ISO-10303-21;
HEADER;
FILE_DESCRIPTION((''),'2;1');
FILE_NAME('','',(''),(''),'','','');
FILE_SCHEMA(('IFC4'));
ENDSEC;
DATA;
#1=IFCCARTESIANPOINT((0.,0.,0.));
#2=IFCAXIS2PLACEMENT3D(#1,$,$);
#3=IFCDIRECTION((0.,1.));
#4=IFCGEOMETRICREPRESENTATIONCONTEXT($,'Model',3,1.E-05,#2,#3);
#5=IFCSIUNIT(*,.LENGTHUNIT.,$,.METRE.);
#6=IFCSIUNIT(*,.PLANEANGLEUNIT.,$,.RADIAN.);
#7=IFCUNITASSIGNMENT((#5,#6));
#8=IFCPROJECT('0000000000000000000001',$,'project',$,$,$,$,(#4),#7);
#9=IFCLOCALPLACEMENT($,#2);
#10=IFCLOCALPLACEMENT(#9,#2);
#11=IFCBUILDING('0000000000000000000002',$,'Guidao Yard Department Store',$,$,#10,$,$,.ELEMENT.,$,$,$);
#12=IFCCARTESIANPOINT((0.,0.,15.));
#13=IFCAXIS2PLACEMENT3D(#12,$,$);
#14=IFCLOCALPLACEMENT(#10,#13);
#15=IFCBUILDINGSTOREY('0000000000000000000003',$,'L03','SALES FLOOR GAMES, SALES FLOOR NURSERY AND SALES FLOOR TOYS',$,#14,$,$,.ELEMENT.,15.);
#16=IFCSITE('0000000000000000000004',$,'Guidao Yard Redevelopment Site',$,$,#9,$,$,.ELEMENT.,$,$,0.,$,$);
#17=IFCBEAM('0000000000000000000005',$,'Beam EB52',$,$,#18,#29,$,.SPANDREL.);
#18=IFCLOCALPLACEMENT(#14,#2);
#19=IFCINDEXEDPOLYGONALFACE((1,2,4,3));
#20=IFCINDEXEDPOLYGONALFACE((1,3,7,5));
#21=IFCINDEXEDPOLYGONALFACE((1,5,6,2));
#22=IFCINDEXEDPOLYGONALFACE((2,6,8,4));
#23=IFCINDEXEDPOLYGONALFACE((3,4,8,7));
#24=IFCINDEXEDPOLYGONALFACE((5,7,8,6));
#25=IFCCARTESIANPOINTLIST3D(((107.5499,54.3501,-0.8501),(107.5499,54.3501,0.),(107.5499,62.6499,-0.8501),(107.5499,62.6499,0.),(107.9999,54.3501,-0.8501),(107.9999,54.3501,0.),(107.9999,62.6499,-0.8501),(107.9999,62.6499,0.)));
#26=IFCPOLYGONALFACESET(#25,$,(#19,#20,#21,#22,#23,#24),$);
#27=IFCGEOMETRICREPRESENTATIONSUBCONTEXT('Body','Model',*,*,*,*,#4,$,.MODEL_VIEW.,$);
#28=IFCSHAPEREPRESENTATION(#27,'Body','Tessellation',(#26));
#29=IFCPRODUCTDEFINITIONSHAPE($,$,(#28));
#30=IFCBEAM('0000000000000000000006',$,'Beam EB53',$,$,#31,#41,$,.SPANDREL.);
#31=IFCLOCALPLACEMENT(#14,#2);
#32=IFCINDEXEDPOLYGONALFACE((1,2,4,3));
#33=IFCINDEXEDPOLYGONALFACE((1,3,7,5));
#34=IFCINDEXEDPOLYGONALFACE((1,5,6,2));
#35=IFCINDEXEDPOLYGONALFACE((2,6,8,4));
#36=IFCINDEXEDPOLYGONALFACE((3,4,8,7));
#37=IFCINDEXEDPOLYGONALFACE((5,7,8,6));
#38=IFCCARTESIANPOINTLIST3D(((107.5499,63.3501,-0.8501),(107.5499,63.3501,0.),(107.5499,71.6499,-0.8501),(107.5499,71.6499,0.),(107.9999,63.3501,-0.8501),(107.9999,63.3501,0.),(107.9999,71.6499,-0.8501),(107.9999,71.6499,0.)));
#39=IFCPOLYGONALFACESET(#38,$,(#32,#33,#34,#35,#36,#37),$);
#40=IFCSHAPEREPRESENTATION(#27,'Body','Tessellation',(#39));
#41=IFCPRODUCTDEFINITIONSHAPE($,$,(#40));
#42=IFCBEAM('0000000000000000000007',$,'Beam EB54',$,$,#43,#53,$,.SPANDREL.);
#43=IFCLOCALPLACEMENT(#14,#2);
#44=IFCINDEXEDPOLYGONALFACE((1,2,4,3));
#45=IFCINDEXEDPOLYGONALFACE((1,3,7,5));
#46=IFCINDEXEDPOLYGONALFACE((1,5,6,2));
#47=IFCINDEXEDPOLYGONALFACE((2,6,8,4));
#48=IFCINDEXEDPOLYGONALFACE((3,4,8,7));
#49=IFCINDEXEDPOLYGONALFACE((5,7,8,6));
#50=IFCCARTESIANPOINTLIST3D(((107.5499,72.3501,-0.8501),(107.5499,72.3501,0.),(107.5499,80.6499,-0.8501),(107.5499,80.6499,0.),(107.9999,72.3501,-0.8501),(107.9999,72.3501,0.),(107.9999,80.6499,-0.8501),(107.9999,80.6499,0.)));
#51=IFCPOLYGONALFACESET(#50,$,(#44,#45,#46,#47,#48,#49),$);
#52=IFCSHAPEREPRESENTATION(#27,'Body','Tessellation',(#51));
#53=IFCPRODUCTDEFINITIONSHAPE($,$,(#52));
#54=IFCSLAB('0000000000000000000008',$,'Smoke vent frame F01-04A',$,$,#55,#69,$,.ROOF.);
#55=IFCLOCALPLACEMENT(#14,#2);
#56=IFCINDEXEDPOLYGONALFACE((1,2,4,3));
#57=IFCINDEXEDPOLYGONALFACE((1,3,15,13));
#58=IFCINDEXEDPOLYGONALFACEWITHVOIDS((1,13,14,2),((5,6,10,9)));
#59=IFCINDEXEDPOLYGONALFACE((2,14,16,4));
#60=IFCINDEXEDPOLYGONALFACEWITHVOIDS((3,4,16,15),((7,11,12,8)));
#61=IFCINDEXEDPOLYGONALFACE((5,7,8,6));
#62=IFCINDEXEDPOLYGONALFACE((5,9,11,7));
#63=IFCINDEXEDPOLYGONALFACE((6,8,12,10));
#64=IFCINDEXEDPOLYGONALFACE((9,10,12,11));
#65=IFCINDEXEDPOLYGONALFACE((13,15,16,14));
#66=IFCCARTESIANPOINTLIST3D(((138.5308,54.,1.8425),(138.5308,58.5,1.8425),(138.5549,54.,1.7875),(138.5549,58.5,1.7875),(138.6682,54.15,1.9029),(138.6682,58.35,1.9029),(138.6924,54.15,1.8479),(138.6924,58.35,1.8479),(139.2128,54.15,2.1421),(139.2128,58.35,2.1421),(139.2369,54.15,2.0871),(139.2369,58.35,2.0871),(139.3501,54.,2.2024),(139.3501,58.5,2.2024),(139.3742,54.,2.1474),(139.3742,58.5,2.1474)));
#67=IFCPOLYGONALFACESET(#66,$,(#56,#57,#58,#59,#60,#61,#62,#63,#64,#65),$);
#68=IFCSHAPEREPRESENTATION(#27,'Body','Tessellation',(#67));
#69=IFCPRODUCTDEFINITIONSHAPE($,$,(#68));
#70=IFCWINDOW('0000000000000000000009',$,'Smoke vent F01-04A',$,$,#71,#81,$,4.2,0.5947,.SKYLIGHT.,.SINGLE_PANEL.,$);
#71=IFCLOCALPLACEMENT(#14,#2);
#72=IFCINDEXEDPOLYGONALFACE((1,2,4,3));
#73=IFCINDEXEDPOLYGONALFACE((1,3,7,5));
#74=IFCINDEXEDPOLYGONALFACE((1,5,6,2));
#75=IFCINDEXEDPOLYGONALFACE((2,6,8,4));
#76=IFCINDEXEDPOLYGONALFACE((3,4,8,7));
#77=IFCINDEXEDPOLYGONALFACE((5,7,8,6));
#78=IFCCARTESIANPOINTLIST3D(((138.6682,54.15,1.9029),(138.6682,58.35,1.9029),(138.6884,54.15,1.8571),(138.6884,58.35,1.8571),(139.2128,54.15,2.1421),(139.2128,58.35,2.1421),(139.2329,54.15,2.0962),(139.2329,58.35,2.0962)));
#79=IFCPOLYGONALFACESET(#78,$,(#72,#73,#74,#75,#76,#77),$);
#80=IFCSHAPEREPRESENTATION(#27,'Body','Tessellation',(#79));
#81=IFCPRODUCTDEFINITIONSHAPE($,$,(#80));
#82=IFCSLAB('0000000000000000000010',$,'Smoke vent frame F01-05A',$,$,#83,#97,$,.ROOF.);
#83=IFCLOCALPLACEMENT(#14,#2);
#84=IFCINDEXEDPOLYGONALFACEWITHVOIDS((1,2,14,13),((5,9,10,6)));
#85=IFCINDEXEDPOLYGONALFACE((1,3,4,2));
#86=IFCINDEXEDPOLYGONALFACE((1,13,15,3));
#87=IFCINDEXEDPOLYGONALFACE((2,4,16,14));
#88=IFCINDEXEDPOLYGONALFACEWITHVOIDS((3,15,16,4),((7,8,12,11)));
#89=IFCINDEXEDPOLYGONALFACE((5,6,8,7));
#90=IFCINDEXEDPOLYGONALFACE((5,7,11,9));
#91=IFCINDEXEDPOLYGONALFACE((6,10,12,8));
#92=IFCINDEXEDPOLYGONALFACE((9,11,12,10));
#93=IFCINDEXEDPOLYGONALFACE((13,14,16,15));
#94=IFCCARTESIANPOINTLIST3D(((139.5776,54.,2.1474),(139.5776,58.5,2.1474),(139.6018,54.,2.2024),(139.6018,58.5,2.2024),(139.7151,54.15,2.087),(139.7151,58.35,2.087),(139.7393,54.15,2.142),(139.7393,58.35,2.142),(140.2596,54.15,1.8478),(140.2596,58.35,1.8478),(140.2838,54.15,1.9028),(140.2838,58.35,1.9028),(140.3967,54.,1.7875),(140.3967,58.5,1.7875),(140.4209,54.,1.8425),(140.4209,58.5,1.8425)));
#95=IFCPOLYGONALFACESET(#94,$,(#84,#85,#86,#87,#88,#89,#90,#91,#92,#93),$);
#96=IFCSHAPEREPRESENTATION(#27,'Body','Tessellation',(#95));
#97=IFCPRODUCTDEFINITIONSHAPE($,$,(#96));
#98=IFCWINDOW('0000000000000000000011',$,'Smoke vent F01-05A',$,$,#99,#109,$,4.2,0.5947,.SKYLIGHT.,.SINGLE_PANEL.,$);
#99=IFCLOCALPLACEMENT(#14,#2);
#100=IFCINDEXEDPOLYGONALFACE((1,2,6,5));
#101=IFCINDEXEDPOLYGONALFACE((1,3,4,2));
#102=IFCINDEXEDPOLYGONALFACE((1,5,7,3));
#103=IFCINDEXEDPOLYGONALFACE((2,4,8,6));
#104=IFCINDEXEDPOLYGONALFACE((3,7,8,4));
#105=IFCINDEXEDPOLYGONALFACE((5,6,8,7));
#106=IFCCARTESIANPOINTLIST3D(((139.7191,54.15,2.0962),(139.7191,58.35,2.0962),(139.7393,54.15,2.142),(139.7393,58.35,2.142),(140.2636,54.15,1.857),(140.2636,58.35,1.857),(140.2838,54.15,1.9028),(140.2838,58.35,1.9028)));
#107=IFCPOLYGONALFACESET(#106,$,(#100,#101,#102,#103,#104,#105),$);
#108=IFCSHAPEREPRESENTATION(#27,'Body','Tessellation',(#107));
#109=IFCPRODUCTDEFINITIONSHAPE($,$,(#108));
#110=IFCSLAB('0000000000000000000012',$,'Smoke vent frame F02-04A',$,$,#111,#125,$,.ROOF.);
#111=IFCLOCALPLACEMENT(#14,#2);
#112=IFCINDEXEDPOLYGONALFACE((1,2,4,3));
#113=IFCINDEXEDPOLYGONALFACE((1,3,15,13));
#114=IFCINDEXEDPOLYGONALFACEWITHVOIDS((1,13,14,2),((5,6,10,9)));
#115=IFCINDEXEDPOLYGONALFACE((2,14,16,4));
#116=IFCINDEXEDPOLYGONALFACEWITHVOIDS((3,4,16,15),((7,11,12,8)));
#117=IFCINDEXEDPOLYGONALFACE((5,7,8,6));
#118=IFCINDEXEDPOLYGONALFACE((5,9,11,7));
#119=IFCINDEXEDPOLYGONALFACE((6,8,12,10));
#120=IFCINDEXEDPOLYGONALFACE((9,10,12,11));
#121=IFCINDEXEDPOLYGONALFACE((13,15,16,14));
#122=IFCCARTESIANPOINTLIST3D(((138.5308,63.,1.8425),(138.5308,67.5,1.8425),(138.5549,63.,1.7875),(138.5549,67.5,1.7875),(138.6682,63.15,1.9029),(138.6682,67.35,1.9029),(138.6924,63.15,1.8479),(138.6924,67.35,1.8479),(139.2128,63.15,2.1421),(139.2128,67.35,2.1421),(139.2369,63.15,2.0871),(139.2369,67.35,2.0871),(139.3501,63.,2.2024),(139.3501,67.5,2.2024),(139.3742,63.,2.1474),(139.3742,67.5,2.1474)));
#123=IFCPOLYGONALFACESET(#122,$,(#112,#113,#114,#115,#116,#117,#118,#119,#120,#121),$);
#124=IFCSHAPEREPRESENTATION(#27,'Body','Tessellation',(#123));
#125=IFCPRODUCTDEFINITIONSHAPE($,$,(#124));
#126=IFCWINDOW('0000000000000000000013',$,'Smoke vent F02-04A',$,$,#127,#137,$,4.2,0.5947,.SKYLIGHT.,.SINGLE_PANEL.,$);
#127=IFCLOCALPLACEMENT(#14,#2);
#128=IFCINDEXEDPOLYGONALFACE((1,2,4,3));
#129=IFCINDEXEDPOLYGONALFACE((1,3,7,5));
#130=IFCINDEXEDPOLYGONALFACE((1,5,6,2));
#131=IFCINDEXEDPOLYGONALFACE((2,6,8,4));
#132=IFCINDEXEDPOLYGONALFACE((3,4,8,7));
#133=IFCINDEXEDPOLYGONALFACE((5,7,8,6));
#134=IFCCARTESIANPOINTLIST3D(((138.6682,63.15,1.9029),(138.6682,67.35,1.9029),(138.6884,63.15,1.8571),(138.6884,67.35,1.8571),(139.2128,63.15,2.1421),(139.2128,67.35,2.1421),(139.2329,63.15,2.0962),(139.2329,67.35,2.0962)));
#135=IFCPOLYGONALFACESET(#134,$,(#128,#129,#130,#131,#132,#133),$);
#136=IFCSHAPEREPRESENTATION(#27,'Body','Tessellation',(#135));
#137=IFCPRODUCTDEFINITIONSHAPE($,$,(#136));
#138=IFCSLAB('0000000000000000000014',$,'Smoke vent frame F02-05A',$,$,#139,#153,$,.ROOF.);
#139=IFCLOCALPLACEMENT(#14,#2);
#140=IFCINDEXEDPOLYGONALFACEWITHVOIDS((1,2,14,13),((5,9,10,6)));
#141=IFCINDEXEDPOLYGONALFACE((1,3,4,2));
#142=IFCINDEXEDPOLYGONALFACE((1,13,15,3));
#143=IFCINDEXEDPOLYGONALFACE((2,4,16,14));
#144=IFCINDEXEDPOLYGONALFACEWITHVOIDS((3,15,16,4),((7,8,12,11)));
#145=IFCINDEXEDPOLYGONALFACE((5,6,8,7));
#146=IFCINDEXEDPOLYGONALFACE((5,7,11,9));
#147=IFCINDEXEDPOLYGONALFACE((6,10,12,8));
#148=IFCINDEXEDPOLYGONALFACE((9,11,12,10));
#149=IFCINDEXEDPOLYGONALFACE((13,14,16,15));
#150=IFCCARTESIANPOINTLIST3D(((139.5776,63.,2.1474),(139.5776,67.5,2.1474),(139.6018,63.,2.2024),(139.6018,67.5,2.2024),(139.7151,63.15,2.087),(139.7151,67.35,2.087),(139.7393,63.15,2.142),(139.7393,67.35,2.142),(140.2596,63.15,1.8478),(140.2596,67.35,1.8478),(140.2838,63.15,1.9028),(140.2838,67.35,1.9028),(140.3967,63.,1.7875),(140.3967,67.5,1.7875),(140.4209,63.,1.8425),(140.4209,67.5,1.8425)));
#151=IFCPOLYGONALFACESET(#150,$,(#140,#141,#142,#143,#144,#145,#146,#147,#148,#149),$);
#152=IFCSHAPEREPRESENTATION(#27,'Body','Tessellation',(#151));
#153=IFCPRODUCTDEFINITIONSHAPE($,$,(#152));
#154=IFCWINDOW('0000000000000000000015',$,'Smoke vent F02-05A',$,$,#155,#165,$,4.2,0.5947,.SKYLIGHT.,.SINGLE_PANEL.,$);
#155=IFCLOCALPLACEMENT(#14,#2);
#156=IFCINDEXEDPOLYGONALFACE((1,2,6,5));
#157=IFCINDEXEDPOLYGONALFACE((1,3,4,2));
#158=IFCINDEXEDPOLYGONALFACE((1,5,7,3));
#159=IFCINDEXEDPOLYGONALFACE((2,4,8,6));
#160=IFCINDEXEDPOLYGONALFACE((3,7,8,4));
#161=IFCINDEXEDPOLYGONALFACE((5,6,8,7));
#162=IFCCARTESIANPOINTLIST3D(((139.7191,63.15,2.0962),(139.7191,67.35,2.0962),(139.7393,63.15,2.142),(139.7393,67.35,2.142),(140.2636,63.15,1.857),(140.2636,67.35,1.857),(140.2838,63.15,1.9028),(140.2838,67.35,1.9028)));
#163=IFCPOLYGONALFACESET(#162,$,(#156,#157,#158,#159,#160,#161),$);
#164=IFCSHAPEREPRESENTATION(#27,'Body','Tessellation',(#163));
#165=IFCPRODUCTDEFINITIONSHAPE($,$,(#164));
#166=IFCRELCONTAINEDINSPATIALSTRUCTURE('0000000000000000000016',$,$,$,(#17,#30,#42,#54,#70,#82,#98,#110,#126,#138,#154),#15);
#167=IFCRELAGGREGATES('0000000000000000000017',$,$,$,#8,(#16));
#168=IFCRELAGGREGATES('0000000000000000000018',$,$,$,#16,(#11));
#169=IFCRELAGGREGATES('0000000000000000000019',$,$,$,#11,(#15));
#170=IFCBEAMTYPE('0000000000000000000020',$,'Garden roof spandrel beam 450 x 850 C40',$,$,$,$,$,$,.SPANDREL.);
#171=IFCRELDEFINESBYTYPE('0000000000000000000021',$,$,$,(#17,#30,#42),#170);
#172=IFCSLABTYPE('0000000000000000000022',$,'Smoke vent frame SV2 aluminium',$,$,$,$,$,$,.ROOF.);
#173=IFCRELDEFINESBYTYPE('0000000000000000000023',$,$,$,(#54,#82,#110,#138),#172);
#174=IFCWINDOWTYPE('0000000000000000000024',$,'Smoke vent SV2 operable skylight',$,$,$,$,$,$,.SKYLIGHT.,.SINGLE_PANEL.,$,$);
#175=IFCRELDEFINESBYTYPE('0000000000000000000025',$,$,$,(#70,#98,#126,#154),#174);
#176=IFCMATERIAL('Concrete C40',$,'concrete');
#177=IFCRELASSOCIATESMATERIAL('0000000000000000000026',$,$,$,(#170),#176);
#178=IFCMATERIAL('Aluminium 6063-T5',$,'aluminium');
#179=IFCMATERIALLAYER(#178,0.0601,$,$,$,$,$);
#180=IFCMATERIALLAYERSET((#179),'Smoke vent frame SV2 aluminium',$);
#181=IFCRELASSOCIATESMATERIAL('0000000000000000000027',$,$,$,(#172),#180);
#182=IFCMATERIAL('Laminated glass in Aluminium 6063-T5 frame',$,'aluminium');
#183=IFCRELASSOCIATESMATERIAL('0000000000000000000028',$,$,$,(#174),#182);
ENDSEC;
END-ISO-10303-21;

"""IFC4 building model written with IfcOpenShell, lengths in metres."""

from ifc_helpers import new_model, si_unit, direction, frame, origin, origin_2d, place, context, subcontext, project, spatial, polyline, rectangle, outline, extrude, material, layer, layer_set, material_profile, profile_set, type_object, element, fill, save


model = new_model("IFC4")

# Units and contexts
model_context = context("Model", 3, precision=1e-05, world=origin(), true_north=direction((0.0, 1.0)))
body_context = subcontext(model_context, "Body", "Model", "MODEL_VIEW")
ifc_project = project(units=[si_unit("LENGTHUNIT", "METRE"), si_unit("PLANEANGLEUNIT", "RADIAN")], contexts=[model_context])

# Site, building, storey
site_placement = place(None, origin())
site = spatial("IfcSite", under=ifc_project, at=site_placement, Name="Guidao Yard Redevelopment Site", CompositionType="ELEMENT", RefElevation=0.0)
building_placement = place(site_placement, origin())
building = spatial("IfcBuilding", under=site, at=building_placement, Name="Guidao Yard Department Store", CompositionType="ELEMENT")
storey_placement = place(building_placement, frame((0.0, 0.0, 15.0)))
storey = spatial("IfcBuildingStorey", under=building, at=storey_placement, Name="L03", Description="SALES FLOOR GAMES, SALES FLOOR NURSERY AND SALES FLOOR TOYS", CompositionType="ELEMENT", Elevation=15.0)

# Beams
ifc_material_1 = material(Name="Concrete C40", Category="concrete")
ifc_material_profile = material_profile(ifc_material_1, rectangle(XDim=0.45, YDim=0.8501, at=origin_2d()), Name="Garden roof spandrel beam 450 x 850 C40")
ifc_profile_set = profile_set([ifc_material_profile], Name="Concrete C40")
beam_type = type_object("IfcBeamType", Name="Garden roof spandrel beam 450 x 850 C40", PredefinedType="SPANDREL", material=ifc_profile_set)
for number, where, z_axis, x_axis, name in (
    (1, (107.7749, 54.3501, -0.425), (0.0, 1.0, 0.0), (-1.0, 0.0, 0.0), "Beam EB52"),
    (2, (107.7749, 63.3501, -0.425), (0.0, 1.0, 0.0), (-1.0, 0.0, 0.0), "Beam EB53"),
    (3, (107.7749, 72.3501, -0.425), (0.0, 1.0, 0.0), (-1.0, 0.0, 0.0), "Beam EB54"),
):
    element("IfcBeam", number, at=place(storey_placement, frame(where, z_axis=z_axis, x_axis=x_axis)), inside=storey, type_object=beam_type, Name=name, PredefinedType="SPANDREL", context=body_context, shape_type="SweptSolid", body=[
        extrude(rectangle(XDim=0.45, YDim=0.8501, at=origin_2d()), origin(), (0.0, 0.0, 1.0), 8.2998),
    ])

# Slabs, openings, windows
ifc_material_2 = material(Name="Aluminium 6063-T5", Category="aluminium")
ifc_layer_1 = layer(ifc_material_2, 0.0601)
ifc_layer_set_1 = layer_set([ifc_layer_1], Name="Smoke vent frame SV2 aluminium")
slab_type = type_object("IfcSlabType", Name="Smoke vent frame SV2 aluminium", PredefinedType="ROOF", material=ifc_layer_set_1)
slab_1_placement = place(storey_placement, frame((138.5308, 54.0, 1.8425), z_axis=(-0.402135, 0.0, 0.91558), x_axis=(0.91558, 0.0, 0.402135)))
slab_1 = element("IfcSlab", 4, at=slab_1_placement, inside=storey, type_object=slab_type, Name="Smoke vent frame F01-04A", PredefinedType="ROOF", context=body_context, shape_type="SweptSolid", body=[
    extrude(outline(polyline([(0.0, 0.0), (0.8949, 0.0), (0.8949, 4.5), (0.0, 4.5), (0.0, 0.0)])), origin(), (0.0, 0.0, -1.0), 0.0601),
])
opening_1_placement = place(slab_1_placement, frame((0.4475, 2.25, 0.0)))
opening_1 = element("IfcOpeningElement", 5, at=opening_1_placement, cuts=slab_1, PredefinedType="OPENING", context=body_context, shape_type="SweptSolid", body=[
    extrude(rectangle(XDim=0.5947, YDim=4.2, at=origin_2d()), frame((0.0, 0.0, 0.01)), (0.0, 0.0, -1.0), 0.0801),
])
ifc_material_3 = material(Name="Laminated glass in Aluminium 6063-T5 frame", Category="aluminium")
window_type = type_object("IfcWindowType", Name="Smoke vent SV2 operable skylight", PartitioningType="SINGLE_PANEL", PredefinedType="SKYLIGHT", material=ifc_material_3)
window_1_placement = place(opening_1_placement, frame((0.0, 0.0, -0.05)))
window_1 = element("IfcWindow", 6, at=window_1_placement, inside=storey, type_object=window_type, Name="Smoke vent F01-04A", OverallHeight=4.2, OverallWidth=0.5947, PartitioningType="SINGLE_PANEL", PredefinedType="SKYLIGHT", context=body_context, shape_type="SweptSolid", body=[
    extrude(rectangle(XDim=0.5947, YDim=4.2, at=origin_2d()), origin(), (0.0, 0.0, 1.0), 0.05),
])
fill(opening_1, window_1)
slab_2_placement = place(storey_placement, frame((139.6018, 54.0, 2.2024), z_axis=(0.402236, 0.0, 0.915536), x_axis=(0.915536, 0.0, -0.402236)))
slab_2 = element("IfcSlab", 7, at=slab_2_placement, inside=storey, type_object=slab_type, Name="Smoke vent frame F01-05A", PredefinedType="ROOF", context=body_context, shape_type="SweptSolid", body=[
    extrude(outline(polyline([(0.0, 0.0), (0.8947, 0.0), (0.8947, 4.5), (0.0, 4.5), (0.0, 0.0)])), origin(), (0.0, 0.0, -1.0), 0.0601),
])
opening_2_placement = place(slab_2_placement, frame((0.4475, 2.25, 0.0)))
opening_2 = element("IfcOpeningElement", 8, at=opening_2_placement, cuts=slab_2, PredefinedType="OPENING", context=body_context, shape_type="SweptSolid", body=[
    extrude(rectangle(XDim=0.5947, YDim=4.2, at=origin_2d()), frame((0.0, 0.0, 0.01)), (0.0, 0.0, -1.0), 0.0801),
])
window_2_placement = place(opening_2_placement, frame((0.0, 0.0, -0.05)))
window_2 = element("IfcWindow", 9, at=window_2_placement, inside=storey, type_object=window_type, Name="Smoke vent F01-05A", OverallHeight=4.2, OverallWidth=0.5947, PartitioningType="SINGLE_PANEL", PredefinedType="SKYLIGHT", context=body_context, shape_type="SweptSolid", body=[
    extrude(rectangle(XDim=0.5947, YDim=4.2, at=origin_2d()), origin(), (0.0, 0.0, 1.0), 0.05),
])
fill(opening_2, window_2)
slab_3_placement = place(storey_placement, frame((138.5308, 63.0, 1.8425), z_axis=(-0.402135, 0.0, 0.91558), x_axis=(0.91558, 0.0, 0.402135)))
slab_3 = element("IfcSlab", 10, at=slab_3_placement, inside=storey, type_object=slab_type, Name="Smoke vent frame F02-04A", PredefinedType="ROOF", context=body_context, shape_type="SweptSolid", body=[
    extrude(outline(polyline([(0.0, 0.0), (0.8949, 0.0), (0.8949, 4.5), (0.0, 4.5), (0.0, 0.0)])), origin(), (0.0, 0.0, -1.0), 0.0601),
])
opening_3_placement = place(slab_3_placement, frame((0.4475, 2.25, 0.0)))
opening_3 = element("IfcOpeningElement", 11, at=opening_3_placement, cuts=slab_3, PredefinedType="OPENING", context=body_context, shape_type="SweptSolid", body=[
    extrude(rectangle(XDim=0.5947, YDim=4.2, at=origin_2d()), frame((0.0, 0.0, 0.01)), (0.0, 0.0, -1.0), 0.0801),
])
window_3_placement = place(opening_3_placement, frame((0.0, 0.0, -0.05)))
window_3 = element("IfcWindow", 12, at=window_3_placement, inside=storey, type_object=window_type, Name="Smoke vent F02-04A", OverallHeight=4.2, OverallWidth=0.5947, PartitioningType="SINGLE_PANEL", PredefinedType="SKYLIGHT", context=body_context, shape_type="SweptSolid", body=[
    extrude(rectangle(XDim=0.5947, YDim=4.2, at=origin_2d()), origin(), (0.0, 0.0, 1.0), 0.05),
])
fill(opening_3, window_3)
slab_4_placement = place(storey_placement, frame((139.6018, 63.0, 2.2024), z_axis=(0.402236, 0.0, 0.915536), x_axis=(0.915536, 0.0, -0.402236)))
slab_4 = element("IfcSlab", 13, at=slab_4_placement, inside=storey, type_object=slab_type, Name="Smoke vent frame F02-05A", PredefinedType="ROOF", context=body_context, shape_type="SweptSolid", body=[
    extrude(outline(polyline([(0.0, 0.0), (0.8947, 0.0), (0.8947, 4.5), (0.0, 4.5), (0.0, 0.0)])), origin(), (0.0, 0.0, -1.0), 0.0601),
])
opening_4_placement = place(slab_4_placement, frame((0.4475, 2.25, 0.0)))
opening_4 = element("IfcOpeningElement", 14, at=opening_4_placement, cuts=slab_4, PredefinedType="OPENING", context=body_context, shape_type="SweptSolid", body=[
    extrude(rectangle(XDim=0.5947, YDim=4.2, at=origin_2d()), frame((0.0, 0.0, 0.01)), (0.0, 0.0, -1.0), 0.0801),
])
window_4_placement = place(opening_4_placement, frame((0.0, 0.0, -0.05)))
window_4 = element("IfcWindow", 15, at=window_4_placement, inside=storey, type_object=window_type, Name="Smoke vent F02-05A", OverallHeight=4.2, OverallWidth=0.5947, PartitioningType="SINGLE_PANEL", PredefinedType="SKYLIGHT", context=body_context, shape_type="SweptSolid", body=[
    extrude(rectangle(XDim=0.5947, YDim=4.2, at=origin_2d()), origin(), (0.0, 0.0, 1.0), 0.05),
])
fill(opening_4, window_4)

save(model, "model.ifc")
